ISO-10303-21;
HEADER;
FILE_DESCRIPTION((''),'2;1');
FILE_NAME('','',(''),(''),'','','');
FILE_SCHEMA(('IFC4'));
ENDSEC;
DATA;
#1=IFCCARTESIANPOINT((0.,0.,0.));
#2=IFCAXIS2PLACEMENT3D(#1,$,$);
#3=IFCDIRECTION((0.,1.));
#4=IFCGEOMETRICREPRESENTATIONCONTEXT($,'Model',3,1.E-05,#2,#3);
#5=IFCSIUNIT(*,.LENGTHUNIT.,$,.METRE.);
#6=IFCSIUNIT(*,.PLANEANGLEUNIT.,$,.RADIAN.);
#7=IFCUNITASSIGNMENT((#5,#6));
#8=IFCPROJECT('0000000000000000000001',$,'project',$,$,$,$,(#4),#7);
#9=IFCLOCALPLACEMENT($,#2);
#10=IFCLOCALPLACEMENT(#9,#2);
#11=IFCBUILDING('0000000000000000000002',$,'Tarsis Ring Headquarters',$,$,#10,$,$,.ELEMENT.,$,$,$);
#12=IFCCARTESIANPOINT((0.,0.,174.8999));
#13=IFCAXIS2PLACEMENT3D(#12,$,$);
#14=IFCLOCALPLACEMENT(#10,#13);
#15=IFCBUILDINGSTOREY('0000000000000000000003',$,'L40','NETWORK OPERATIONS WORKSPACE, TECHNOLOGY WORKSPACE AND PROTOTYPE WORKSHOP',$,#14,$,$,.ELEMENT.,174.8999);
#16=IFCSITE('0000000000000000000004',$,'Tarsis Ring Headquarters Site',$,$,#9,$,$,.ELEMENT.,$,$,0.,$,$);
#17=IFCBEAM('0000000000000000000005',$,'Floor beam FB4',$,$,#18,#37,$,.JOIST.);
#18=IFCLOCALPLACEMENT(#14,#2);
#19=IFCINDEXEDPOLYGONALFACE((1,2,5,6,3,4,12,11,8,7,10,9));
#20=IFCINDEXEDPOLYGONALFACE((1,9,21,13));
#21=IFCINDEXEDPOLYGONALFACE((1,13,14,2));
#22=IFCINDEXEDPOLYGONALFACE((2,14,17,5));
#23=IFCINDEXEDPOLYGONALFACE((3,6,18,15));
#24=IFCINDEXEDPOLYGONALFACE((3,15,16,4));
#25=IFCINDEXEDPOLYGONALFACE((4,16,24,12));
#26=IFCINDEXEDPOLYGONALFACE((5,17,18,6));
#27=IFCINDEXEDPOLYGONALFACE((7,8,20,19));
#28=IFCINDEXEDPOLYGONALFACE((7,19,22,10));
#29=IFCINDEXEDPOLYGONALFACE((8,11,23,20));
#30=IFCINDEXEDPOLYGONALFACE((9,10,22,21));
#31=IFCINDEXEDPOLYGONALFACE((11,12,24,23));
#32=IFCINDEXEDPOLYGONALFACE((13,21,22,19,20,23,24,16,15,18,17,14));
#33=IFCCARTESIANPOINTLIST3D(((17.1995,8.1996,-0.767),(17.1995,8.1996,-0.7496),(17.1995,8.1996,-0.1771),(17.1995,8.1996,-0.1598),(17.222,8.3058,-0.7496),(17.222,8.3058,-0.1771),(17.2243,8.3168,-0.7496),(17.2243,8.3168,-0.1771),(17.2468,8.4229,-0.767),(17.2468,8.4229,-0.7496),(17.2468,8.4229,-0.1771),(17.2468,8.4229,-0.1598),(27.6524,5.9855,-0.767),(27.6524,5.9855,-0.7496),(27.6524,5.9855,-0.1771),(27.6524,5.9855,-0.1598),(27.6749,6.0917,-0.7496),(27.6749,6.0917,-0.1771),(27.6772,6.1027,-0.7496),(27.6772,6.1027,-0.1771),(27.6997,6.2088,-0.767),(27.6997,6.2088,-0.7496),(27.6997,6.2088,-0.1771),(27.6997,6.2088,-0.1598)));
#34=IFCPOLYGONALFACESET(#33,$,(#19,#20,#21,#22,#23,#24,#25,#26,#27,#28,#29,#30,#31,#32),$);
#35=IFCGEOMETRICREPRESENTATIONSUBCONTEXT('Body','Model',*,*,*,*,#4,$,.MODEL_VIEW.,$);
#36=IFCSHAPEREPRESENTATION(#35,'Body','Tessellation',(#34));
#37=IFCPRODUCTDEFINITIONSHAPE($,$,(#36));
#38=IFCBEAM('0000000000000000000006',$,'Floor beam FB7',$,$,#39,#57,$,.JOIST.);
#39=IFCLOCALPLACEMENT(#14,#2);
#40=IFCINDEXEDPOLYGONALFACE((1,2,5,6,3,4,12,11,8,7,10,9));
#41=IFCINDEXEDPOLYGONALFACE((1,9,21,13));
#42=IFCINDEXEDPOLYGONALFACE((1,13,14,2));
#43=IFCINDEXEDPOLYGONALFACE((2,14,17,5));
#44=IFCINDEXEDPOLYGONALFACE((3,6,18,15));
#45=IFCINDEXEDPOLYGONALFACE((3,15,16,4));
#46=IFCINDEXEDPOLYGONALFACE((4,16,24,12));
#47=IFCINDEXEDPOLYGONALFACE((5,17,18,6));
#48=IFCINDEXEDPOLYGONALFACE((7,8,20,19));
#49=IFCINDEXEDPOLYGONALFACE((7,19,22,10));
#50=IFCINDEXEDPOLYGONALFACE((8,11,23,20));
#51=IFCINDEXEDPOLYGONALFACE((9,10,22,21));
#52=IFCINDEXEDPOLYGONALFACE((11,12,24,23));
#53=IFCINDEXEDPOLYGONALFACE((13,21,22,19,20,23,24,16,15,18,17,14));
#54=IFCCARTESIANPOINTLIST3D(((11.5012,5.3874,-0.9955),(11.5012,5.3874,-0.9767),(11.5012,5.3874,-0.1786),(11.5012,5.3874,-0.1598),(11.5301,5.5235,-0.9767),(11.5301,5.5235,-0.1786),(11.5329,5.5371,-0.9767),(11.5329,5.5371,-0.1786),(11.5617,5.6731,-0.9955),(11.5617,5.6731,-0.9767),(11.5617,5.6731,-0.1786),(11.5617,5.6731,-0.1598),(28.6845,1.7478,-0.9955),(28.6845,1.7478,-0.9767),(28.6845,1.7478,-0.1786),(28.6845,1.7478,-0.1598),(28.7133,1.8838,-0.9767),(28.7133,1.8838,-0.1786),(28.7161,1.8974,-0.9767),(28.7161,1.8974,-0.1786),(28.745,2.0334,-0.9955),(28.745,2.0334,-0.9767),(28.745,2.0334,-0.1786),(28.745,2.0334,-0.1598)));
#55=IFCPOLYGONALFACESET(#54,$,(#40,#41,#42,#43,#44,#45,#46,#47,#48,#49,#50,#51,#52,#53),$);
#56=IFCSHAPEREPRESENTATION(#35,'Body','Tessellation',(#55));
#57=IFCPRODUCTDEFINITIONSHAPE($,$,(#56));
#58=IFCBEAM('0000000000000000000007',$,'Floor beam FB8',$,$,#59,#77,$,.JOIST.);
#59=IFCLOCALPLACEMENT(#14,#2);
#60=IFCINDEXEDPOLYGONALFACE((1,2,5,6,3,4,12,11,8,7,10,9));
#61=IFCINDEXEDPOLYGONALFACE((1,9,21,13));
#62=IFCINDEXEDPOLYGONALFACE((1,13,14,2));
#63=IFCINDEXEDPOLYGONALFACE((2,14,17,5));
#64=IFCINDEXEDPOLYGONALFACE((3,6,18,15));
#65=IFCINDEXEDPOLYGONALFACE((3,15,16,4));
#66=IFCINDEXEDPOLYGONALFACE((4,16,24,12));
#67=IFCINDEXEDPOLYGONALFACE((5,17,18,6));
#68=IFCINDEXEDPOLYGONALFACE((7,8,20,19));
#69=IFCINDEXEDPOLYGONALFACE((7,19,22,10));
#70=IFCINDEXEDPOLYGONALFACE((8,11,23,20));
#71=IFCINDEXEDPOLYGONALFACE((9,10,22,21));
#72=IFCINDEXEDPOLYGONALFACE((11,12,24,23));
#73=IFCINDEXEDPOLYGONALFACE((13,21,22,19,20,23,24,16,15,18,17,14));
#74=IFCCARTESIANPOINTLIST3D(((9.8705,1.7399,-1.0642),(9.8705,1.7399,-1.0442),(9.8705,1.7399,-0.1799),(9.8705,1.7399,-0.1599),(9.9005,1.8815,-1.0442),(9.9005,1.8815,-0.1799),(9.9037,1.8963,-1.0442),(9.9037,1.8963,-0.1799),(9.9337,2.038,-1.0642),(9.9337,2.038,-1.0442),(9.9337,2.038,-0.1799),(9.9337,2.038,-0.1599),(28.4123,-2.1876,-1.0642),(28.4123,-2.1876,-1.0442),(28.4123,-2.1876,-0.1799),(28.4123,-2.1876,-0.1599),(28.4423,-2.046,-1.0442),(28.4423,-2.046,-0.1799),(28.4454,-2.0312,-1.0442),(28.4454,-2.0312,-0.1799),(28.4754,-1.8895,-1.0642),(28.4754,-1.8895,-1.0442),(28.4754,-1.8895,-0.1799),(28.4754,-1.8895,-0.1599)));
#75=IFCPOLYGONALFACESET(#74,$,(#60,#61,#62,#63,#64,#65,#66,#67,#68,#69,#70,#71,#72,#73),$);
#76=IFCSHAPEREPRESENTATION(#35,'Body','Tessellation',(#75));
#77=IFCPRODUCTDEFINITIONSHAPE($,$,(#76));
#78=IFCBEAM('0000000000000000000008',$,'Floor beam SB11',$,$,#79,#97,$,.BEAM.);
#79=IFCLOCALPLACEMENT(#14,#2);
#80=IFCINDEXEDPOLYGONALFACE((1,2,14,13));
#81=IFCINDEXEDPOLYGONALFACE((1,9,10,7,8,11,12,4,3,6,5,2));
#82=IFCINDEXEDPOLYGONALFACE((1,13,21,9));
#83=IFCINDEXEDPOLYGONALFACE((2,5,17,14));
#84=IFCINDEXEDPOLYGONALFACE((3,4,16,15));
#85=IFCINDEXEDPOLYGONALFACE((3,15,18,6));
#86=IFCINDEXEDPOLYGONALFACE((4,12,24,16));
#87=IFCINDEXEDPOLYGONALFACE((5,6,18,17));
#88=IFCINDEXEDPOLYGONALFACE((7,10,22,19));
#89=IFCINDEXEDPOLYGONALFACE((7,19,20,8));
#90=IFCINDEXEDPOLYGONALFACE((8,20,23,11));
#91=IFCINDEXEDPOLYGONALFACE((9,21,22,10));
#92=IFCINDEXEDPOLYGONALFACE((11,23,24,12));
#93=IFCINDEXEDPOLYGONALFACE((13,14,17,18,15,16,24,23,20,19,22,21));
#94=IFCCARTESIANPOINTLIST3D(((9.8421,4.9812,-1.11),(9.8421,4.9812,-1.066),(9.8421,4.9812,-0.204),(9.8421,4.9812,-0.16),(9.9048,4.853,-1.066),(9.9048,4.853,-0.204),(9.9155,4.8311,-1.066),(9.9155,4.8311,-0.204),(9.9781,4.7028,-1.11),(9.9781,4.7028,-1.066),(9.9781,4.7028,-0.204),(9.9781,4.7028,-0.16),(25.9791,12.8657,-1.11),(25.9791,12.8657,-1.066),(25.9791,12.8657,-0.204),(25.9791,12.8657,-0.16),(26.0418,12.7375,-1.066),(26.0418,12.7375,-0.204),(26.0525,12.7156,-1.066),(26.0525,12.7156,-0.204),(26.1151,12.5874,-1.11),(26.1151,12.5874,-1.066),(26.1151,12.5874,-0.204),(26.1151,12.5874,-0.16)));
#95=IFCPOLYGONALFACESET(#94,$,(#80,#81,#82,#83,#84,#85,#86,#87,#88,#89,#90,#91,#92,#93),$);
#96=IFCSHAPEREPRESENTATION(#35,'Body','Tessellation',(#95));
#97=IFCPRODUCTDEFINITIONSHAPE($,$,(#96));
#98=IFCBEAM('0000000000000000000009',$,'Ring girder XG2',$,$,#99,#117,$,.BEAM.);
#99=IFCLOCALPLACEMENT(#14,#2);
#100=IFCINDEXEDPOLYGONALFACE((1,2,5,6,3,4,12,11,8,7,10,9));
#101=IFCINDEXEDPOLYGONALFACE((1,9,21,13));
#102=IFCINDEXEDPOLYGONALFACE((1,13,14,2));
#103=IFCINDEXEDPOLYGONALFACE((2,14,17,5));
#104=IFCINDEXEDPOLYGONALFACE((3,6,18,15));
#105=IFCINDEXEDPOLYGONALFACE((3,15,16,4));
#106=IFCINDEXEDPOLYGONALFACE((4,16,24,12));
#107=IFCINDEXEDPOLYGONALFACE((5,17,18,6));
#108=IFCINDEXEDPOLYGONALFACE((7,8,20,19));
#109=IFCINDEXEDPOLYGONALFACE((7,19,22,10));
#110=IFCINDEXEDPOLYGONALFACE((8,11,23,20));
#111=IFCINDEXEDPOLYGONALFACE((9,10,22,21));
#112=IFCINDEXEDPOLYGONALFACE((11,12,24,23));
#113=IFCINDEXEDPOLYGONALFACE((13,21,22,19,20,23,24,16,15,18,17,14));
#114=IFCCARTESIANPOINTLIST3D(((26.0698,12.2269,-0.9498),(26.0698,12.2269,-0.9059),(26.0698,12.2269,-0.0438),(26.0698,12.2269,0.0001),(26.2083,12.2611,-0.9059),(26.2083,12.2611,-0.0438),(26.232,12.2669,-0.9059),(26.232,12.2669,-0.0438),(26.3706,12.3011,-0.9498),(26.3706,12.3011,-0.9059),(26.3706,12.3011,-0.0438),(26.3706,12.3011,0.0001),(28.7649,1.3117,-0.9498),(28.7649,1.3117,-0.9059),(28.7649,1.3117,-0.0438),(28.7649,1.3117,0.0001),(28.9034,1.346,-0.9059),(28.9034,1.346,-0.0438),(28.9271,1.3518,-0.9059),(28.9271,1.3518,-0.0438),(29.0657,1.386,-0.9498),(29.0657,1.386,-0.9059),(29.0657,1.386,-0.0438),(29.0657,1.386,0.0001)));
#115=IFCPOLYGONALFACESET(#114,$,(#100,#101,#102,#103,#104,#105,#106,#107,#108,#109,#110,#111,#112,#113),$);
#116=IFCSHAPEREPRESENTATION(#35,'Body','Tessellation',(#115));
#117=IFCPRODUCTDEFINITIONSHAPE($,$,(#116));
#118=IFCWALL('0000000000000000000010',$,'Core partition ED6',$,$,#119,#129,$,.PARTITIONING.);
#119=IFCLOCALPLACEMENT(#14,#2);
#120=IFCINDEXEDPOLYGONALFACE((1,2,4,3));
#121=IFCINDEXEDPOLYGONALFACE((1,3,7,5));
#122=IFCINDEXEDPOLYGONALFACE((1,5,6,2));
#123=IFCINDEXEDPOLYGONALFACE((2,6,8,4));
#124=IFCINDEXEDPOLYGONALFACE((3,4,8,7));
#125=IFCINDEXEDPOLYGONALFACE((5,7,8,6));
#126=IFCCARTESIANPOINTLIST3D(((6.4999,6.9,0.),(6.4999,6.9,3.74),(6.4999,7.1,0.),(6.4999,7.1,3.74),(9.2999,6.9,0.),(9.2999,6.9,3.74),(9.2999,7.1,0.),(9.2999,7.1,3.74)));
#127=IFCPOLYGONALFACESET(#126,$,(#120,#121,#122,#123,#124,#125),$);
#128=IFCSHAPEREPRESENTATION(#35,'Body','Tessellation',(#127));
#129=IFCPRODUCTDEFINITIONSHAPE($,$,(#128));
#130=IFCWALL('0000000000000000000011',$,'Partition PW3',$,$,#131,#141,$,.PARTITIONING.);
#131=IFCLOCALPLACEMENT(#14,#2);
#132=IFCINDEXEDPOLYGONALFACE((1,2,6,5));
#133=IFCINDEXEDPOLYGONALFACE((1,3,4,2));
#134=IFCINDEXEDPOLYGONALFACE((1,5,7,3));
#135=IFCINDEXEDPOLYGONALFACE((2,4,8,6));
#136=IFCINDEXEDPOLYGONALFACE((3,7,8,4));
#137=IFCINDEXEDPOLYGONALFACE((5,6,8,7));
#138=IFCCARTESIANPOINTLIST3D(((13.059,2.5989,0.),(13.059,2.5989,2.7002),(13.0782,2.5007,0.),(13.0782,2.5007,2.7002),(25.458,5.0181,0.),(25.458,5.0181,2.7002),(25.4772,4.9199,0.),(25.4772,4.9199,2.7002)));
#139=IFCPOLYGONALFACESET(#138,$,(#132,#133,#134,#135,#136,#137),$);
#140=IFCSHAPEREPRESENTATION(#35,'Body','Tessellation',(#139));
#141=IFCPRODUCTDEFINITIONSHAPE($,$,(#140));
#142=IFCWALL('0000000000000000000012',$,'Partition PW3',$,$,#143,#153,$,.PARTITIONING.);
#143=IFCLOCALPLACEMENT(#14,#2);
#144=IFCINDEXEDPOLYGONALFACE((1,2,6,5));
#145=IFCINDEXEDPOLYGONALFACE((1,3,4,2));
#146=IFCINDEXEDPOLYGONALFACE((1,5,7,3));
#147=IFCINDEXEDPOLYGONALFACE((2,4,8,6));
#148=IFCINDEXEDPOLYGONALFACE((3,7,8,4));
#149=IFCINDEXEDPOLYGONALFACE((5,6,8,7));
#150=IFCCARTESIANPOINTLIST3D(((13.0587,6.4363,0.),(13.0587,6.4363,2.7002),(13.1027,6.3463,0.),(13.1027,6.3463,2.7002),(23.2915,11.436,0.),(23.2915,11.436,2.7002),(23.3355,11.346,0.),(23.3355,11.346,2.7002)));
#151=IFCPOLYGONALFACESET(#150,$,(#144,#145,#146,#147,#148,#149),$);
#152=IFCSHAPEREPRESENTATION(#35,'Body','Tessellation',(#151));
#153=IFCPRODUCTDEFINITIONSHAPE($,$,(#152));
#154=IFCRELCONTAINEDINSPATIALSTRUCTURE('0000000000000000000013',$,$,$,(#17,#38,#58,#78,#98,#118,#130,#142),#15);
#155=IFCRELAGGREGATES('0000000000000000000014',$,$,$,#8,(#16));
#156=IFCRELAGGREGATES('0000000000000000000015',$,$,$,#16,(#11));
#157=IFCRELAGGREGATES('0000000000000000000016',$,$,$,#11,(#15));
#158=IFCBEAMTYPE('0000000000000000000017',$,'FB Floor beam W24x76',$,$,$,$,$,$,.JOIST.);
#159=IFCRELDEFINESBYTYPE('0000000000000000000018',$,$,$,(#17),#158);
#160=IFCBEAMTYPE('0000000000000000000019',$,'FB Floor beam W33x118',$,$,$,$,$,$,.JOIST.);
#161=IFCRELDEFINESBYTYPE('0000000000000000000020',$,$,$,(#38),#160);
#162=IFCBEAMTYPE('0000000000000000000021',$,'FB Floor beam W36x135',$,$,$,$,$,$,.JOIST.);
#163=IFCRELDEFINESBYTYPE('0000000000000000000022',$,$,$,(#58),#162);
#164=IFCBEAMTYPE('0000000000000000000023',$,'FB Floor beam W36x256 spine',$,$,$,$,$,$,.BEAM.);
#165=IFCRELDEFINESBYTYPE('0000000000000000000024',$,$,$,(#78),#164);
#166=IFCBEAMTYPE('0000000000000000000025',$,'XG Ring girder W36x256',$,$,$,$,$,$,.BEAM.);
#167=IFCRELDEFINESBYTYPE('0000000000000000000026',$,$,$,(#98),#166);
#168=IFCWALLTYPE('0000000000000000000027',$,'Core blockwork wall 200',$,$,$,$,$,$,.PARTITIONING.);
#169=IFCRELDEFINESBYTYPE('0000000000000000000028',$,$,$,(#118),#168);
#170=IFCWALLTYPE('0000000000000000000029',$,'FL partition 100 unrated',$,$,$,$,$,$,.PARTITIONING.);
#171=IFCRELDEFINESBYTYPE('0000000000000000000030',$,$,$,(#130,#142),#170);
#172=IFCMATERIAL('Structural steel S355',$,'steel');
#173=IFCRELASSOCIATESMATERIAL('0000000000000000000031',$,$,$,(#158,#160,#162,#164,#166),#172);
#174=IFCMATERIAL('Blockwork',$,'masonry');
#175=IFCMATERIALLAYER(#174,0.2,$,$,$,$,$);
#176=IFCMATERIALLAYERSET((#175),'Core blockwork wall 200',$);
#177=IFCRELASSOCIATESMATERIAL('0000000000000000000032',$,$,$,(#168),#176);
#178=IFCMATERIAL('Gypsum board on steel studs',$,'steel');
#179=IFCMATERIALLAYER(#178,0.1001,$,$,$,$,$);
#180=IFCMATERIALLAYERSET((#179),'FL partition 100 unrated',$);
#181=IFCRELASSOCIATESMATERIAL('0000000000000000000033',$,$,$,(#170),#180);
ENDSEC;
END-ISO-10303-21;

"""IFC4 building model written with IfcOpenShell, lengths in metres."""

from ifc_helpers import new_model, si_unit, direction, frame, frame_2d, origin, origin_2d, place, context, subcontext, project, spatial, rectangle, i_section, extrude, material, layer, layer_set, material_profile, profile_set, type_object, element, save


model = new_model("IFC4")

# Units and contexts
model_context = context("Model", 3, precision=1e-05, world=origin(), true_north=direction((0.0, 1.0)))
body_context = subcontext(model_context, "Body", "Model", "MODEL_VIEW")
ifc_project = project(units=[si_unit("LENGTHUNIT", "METRE"), si_unit("PLANEANGLEUNIT", "RADIAN")], contexts=[model_context])

# Site, building, storey
site_placement = place(None, origin())
site = spatial("IfcSite", under=ifc_project, at=site_placement, Name="Tarsis Ring Headquarters Site", CompositionType="ELEMENT", RefElevation=0.0)
building_placement = place(site_placement, origin())
building = spatial("IfcBuilding", under=site, at=building_placement, Name="Tarsis Ring Headquarters", CompositionType="ELEMENT")
storey_placement = place(building_placement, frame((0.0, 0.0, 174.8999)))
storey = spatial("IfcBuildingStorey", under=building, at=storey_placement, Name="L40", Description="NETWORK OPERATIONS WORKSPACE, TECHNOLOGY WORKSPACE AND PROTOTYPE WORKSHOP", CompositionType="ELEMENT", Elevation=174.8999)

# Shared definitions
ifc_material_1 = material(Name="Structural steel S355", Category="steel")

# Beams
ifc_material_profile_1 = material_profile(ifc_material_1, i_section(OverallWidth=0.2283, OverallDepth=0.6072, WebThickness=0.0112, FlangeThickness=0.0173, at=origin_2d()), Name="W24x76")
ifc_profile_set_1 = profile_set([ifc_material_profile_1], Name="Structural steel S355")
beam_type_1 = type_object("IfcBeamType", Name="FB Floor beam W24x76", PredefinedType="JOIST", material=ifc_profile_set_1)
beam_1_placement = place(storey_placement, frame((17.2231, 8.3113, -0.4634), z_axis=(0.978294, -0.207221, 0.0), x_axis=(0.207221, 0.978294, 0.0)))
element("IfcBeam", 1, at=beam_1_placement, inside=storey, type_object=beam_type_1, Name="Floor beam FB4", PredefinedType="JOIST", context=body_context, shape_type="SweptSolid", body=[
    extrude(i_section(OverallWidth=0.2283, OverallDepth=0.6072, WebThickness=0.0112, FlangeThickness=0.0173, at=origin_2d()), origin(), (0.0, 0.0, 1.0), 10.6848),
])
ifc_material_profile_2 = material_profile(ifc_material_1, i_section(OverallWidth=0.292, OverallDepth=0.8357, WebThickness=0.0139, FlangeThickness=0.0188, at=origin_2d()), Name="W33x118")
ifc_profile_set_2 = profile_set([ifc_material_profile_2], Name="Structural steel S355")
beam_type_2 = type_object("IfcBeamType", Name="FB Floor beam W33x118", PredefinedType="JOIST", material=ifc_profile_set_2)
beam_2_placement = place(storey_placement, frame((11.5315, 5.5303, -0.5776), z_axis=(0.978295, -0.207218, 0.0), x_axis=(0.207218, 0.978295, 0.0)))
element("IfcBeam", 2, at=beam_2_placement, inside=storey, type_object=beam_type_2, Name="Floor beam FB7", PredefinedType="JOIST", context=body_context, shape_type="SweptSolid", body=[
    extrude(i_section(OverallWidth=0.292, OverallDepth=0.8357, WebThickness=0.0139, FlangeThickness=0.0188, at=origin_2d()), origin(), (0.0, 0.0, 1.0), 17.5645),
])
ifc_material_profile_3 = material_profile(ifc_material_1, i_section(OverallWidth=0.3047, OverallDepth=0.9043, WebThickness=0.0151, FlangeThickness=0.02, at=origin_2d()), Name="W36x135")
ifc_profile_set_3 = profile_set([ifc_material_profile_3], Name="Structural steel S355")
beam_type_3 = type_object("IfcBeamType", Name="FB Floor beam W36x135", PredefinedType="JOIST", material=ifc_profile_set_3)
beam_3_placement = place(storey_placement, frame((9.9021, 1.8889, -0.6121), z_axis=(0.978294, -0.207221, 0.0), x_axis=(0.207221, 0.978294, 0.0)))
element("IfcBeam", 3, at=beam_3_placement, inside=storey, type_object=beam_type_3, Name="Floor beam FB8", PredefinedType="JOIST", context=body_context, shape_type="SweptSolid", body=[
    extrude(i_section(OverallWidth=0.3047, OverallDepth=0.9043, WebThickness=0.0151, FlangeThickness=0.02, at=origin_2d()), origin(), (0.0, 0.0, 1.0), 18.9531),
])
ifc_material_profile_4 = material_profile(ifc_material_1, i_section(OverallWidth=0.3098, OverallDepth=0.95, WebThickness=0.0244, FlangeThickness=0.0439, at=origin_2d()), Name="W36x256")
ifc_profile_set_4 = profile_set([ifc_material_profile_4], Name="Structural steel S355")
beam_type_4 = type_object("IfcBeamType", Name="FB Floor beam W36x256 spine", PredefinedType="BEAM", material=ifc_profile_set_4)
beam_4_placement = place(storey_placement, frame((26.0471, 12.7266, -0.635), z_axis=(-0.898487, -0.439001, 0.0), x_axis=(0.439001, -0.898487, 0.0)))
element("IfcBeam", 4, at=beam_4_placement, inside=storey, type_object=beam_type_4, Name="Floor beam SB11", PredefinedType="BEAM", context=body_context, shape_type="SweptSolid", body=[
    extrude(i_section(OverallWidth=0.3098, OverallDepth=0.95, WebThickness=0.0244, FlangeThickness=0.0439, at=origin_2d()), origin(), (0.0, 0.0, 1.0), 17.9602),
])
beam_type_5 = type_object("IfcBeamType", Name="XG Ring girder W36x256", PredefinedType="BEAM", material=ifc_profile_set_4)
beam_5_placement = place(storey_placement, frame((28.9153, 1.3489, -0.4749), z_axis=(-0.239714, 0.970844, 0.0), x_axis=(-0.970844, -0.239714, 0.0)))
element("IfcBeam", 5, at=beam_5_placement, inside=storey, type_object=beam_type_5, Name="Ring girder XG2", PredefinedType="BEAM", context=body_context, shape_type="SweptSolid", body=[
    extrude(i_section(OverallWidth=0.3098, OverallDepth=0.95, WebThickness=0.0244, FlangeThickness=0.0439, at=origin_2d()), origin(), (0.0, 0.0, 1.0), 11.2429),
])

# Walls
ifc_material_2 = material(Name="Blockwork", Category="masonry")
ifc_layer_1 = layer(ifc_material_2, 0.2)
ifc_layer_set_1 = layer_set([ifc_layer_1], Name="Core blockwork wall 200")
wall_type_1 = type_object("IfcWallType", Name="Core blockwork wall 200", PredefinedType="PARTITIONING", material=ifc_layer_set_1)
wall_1_placement = place(storey_placement, frame((6.5, 7.0, 0.0), z_axis=(0.0, 0.0, 1.0), x_axis=(1.0, 0.0, 0.0)))
element("IfcWall", 6, at=wall_1_placement, inside=storey, type_object=wall_type_1, Name="Core partition ED6", PredefinedType="PARTITIONING", context=body_context, shape_type="SweptSolid", body=[
    extrude(rectangle(XDim=2.8, YDim=0.2, at=frame_2d((1.3999, 0.0))), origin(), (0.0, 0.0, 1.0), 3.74),
])
ifc_material_3 = material(Name="Gypsum board on steel studs", Category="steel")
ifc_layer_2 = layer(ifc_material_3, 0.1001)
ifc_layer_set_2 = layer_set([ifc_layer_2], Name="FL partition 100 unrated")
wall_type_2 = type_object("IfcWallType", Name="FL partition 100 unrated", PredefinedType="PARTITIONING", material=ifc_layer_set_2)
wall_2_placement = place(storey_placement, frame((13.0686, 2.5498, 0.0), z_axis=(0.0, 0.0, 1.0), x_axis=(0.981492, 0.191502, 0.0)))
element("IfcWall", 7, at=wall_2_placement, inside=storey, type_object=wall_type_2, Name="Partition PW3", PredefinedType="PARTITIONING", context=body_context, shape_type="SweptSolid", body=[
    extrude(rectangle(XDim=12.6328, YDim=0.1001, at=frame_2d((6.3164, 0.0))), origin(), (0.0, 0.0, 1.0), 2.7002),
])
wall_3_placement = place(storey_placement, frame((13.0808, 6.3914, 0.0), z_axis=(0.0, 0.0, 1.0), x_axis=(0.898488, 0.438998, 0.0)))
element("IfcWall", 8, at=wall_3_placement, inside=storey, type_object=wall_type_2, Name="Partition PW3", PredefinedType="PARTITIONING", context=body_context, shape_type="SweptSolid", body=[
    extrude(rectangle(XDim=11.3889, YDim=0.1001, at=frame_2d((5.6943, 0.0))), origin(), (0.0, 0.0, 1.0), 2.7002),
])

save(model, "model.ifc")
